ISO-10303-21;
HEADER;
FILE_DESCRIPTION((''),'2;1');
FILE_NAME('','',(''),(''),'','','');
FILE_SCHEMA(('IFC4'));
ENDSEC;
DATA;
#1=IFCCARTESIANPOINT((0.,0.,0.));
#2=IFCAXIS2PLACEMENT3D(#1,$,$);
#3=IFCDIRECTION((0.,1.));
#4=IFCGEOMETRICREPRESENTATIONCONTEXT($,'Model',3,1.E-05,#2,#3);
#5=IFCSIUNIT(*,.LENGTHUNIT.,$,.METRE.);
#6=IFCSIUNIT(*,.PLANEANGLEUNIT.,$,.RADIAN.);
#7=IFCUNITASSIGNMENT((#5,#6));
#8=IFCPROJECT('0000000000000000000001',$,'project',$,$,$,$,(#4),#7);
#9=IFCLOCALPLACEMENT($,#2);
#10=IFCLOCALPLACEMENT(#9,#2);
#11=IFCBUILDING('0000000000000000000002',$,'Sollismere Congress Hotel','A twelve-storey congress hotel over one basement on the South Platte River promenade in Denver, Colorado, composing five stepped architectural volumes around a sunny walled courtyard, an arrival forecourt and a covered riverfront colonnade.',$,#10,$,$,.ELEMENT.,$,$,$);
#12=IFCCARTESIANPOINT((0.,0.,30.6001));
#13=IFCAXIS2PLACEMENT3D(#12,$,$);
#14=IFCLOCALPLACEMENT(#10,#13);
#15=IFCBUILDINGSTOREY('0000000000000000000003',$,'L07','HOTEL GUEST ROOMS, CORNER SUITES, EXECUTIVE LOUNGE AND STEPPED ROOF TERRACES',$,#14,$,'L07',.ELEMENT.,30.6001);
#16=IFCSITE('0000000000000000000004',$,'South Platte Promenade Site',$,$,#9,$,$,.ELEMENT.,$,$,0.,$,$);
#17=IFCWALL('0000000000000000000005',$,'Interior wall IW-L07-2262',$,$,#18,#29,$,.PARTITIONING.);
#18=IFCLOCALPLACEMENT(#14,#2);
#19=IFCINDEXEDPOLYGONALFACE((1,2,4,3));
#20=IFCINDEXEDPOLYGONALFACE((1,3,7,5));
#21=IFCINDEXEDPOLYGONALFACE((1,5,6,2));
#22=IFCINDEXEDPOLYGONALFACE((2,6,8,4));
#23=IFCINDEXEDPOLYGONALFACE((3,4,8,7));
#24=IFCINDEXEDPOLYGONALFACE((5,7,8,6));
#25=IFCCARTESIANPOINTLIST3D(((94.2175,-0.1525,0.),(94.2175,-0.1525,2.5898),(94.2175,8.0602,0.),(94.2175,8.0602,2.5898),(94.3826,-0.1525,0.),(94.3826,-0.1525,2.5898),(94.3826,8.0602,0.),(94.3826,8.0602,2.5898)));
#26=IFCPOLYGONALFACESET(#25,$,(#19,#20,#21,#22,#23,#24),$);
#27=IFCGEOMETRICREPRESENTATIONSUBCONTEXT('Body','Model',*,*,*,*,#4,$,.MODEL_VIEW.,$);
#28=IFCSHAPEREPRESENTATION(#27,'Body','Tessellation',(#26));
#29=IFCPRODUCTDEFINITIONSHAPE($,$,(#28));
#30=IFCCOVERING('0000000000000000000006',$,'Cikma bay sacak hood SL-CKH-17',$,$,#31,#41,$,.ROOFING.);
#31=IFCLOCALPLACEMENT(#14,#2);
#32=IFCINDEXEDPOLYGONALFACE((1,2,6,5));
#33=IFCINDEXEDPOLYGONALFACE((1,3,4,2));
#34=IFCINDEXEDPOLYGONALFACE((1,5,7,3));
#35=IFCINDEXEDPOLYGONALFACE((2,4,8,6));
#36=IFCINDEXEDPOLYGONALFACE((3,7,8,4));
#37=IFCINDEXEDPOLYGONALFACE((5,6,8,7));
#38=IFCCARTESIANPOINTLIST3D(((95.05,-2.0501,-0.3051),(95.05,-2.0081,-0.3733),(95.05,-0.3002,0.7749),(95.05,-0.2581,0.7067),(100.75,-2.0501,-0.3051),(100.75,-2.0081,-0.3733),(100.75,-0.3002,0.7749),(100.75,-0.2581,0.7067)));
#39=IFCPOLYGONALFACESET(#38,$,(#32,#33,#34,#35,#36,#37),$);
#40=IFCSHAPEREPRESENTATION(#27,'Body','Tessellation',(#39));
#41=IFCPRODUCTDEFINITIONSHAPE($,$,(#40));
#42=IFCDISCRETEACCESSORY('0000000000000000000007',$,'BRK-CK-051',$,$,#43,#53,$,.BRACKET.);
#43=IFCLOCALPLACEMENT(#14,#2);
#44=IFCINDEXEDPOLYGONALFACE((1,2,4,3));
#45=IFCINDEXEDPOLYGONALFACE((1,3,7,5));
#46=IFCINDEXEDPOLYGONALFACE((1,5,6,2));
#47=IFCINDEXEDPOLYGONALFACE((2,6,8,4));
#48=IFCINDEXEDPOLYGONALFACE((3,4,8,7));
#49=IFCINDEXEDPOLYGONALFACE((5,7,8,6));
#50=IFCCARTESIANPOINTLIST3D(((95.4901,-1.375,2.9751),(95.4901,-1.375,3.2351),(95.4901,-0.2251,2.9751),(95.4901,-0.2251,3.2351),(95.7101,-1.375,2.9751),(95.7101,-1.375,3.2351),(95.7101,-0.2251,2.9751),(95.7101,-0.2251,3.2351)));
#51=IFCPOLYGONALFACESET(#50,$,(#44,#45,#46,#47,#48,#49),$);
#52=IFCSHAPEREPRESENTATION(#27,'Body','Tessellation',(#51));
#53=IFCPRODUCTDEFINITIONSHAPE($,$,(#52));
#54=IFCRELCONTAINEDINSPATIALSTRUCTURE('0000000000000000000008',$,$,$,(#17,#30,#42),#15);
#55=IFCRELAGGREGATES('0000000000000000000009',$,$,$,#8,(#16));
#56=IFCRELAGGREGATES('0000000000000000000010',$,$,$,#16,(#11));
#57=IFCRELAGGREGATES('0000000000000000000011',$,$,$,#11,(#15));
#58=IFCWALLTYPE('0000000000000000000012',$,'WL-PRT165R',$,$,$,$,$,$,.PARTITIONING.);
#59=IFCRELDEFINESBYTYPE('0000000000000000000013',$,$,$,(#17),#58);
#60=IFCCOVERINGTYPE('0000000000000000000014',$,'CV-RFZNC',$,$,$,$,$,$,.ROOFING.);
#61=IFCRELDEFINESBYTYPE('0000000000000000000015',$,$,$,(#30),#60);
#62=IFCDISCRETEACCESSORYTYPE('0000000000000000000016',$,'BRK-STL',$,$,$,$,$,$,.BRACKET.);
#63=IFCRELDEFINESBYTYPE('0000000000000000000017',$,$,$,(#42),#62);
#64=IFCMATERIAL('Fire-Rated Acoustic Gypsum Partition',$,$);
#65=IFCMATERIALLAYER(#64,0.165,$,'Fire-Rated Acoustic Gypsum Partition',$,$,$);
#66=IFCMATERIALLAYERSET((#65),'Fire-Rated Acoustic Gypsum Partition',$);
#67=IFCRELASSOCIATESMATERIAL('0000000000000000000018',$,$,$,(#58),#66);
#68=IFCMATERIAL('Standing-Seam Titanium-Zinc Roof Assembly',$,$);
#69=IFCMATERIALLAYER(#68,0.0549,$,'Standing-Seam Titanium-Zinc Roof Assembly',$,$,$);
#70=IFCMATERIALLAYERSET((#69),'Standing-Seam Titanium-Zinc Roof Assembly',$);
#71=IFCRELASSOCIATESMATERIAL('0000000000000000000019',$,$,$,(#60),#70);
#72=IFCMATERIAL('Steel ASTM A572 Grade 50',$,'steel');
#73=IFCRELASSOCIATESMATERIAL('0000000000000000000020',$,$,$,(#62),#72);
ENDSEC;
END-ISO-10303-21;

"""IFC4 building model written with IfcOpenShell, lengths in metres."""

from ifc_helpers import new_model, si_unit, direction, frame, frame_2d, origin, origin_2d, place, context, subcontext, project, spatial, polyline, rectangle, outline, extrude, material, layer, layer_set, type_object, element, save


model = new_model("IFC4")

# Units and contexts
model_context = context("Model", 3, precision=1e-05, world=origin(), true_north=direction((0.0, 1.0)))
body_context = subcontext(model_context, "Body", "Model", "MODEL_VIEW")
ifc_project = project(units=[si_unit("LENGTHUNIT", "METRE"), si_unit("PLANEANGLEUNIT", "RADIAN")], contexts=[model_context])

# Site, building, storey
site_placement = place(None, origin())
site = spatial("IfcSite", under=ifc_project, at=site_placement, Name="South Platte Promenade Site", CompositionType="ELEMENT", RefElevation=0.0)
building_placement = place(site_placement, origin())
building = spatial("IfcBuilding", under=site, at=building_placement, Name="Sollismere Congress Hotel", Description="A twelve-storey congress hotel over one basement on the South Platte River promenade in Denver, Colorado, composing five stepped architectural volumes around a sunny walled courtyard, an arrival forecourt and a covered riverfront colonnade.", CompositionType="ELEMENT")
storey_placement = place(building_placement, frame((0.0, 0.0, 30.6001)))
storey = spatial("IfcBuildingStorey", under=building, at=storey_placement, Name="L07", Description="HOTEL GUEST ROOMS, CORNER SUITES, EXECUTIVE LOUNGE AND STEPPED ROOF TERRACES", LongName="L07", CompositionType="ELEMENT", Elevation=30.6001)

# Wall
ifc_material_1 = material(Name="Fire-Rated Acoustic Gypsum Partition")
ifc_layer_1 = layer(ifc_material_1, 0.165, Name="Fire-Rated Acoustic Gypsum Partition")
ifc_layer_set_1 = layer_set([ifc_layer_1], Name="Fire-Rated Acoustic Gypsum Partition")
wall_type_1 = type_object("IfcWallType", Name="WL-PRT165R", PredefinedType="PARTITIONING", material=ifc_layer_set_1)
wall_1_placement = place(storey_placement, frame((94.3, -0.1526, 0.0), z_axis=(0.0, 0.0, 1.0), x_axis=(0.0, 1.0, 0.0)))
element("IfcWall", 1, at=wall_1_placement, inside=storey, type_object=wall_type_1, Name="Interior wall IW-L07-2262", PredefinedType="PARTITIONING", context=body_context, shape_type="SweptSolid", body=[
    extrude(rectangle(XDim=8.2126, YDim=0.165, at=frame_2d((4.1064, 0.0))), origin(), (0.0, 0.0, 1.0), 2.5898),
])

# Covering
ifc_material_2 = material(Name="Standing-Seam Titanium-Zinc Roof Assembly")
ifc_layer_2 = layer(ifc_material_2, 0.0549, Name="Standing-Seam Titanium-Zinc Roof Assembly")
ifc_layer_set_2 = layer_set([ifc_layer_2], Name="Standing-Seam Titanium-Zinc Roof Assembly")
covering_type = type_object("IfcCoveringType", Name="CV-RFZNC", PredefinedType="ROOFING", material=ifc_layer_set_2)
covering_placement = place(storey_placement, frame((95.05, -2.0081, -0.3733), z_axis=(0.0, -0.52521, 0.850973), x_axis=(1.0, 0.0, 0.0)))
element("IfcCovering", 2, at=covering_placement, inside=storey, type_object=covering_type, Name="Cikma bay sacak hood SL-CKH-17", PredefinedType="ROOFING", context=body_context, shape_type="SweptSolid", body=[
    extrude(outline(polyline([(0.0, 0.0), (5.7, 0.0), (5.7, 2.0564), (0.0, 2.0564), (0.0, 0.0)])), origin(), (0.0, 0.0, 1.0), 0.0801),
])

# Discrete accessory
ifc_material_3 = material(Name="Steel ASTM A572 Grade 50", Category="steel")
discrete_accessory_type = type_object("IfcDiscreteAccessoryType", Name="BRK-STL", PredefinedType="BRACKET", material=ifc_material_3)
discrete_accessory_placement = place(storey_placement, frame((95.6001, -0.8, 2.9751), z_axis=(0.0, 0.0, 1.0), x_axis=(1.0, 0.0, 0.0)))
element("IfcDiscreteAccessory", 3, at=discrete_accessory_placement, inside=storey, type_object=discrete_accessory_type, Name="BRK-CK-051", PredefinedType="BRACKET", context=body_context, shape_type="SweptSolid", body=[
    extrude(rectangle(XDim=0.22, YDim=1.1499, at=origin_2d()), origin(), (0.0, 0.0, 1.0), 0.26),
])

save(model, "model.ifc")
